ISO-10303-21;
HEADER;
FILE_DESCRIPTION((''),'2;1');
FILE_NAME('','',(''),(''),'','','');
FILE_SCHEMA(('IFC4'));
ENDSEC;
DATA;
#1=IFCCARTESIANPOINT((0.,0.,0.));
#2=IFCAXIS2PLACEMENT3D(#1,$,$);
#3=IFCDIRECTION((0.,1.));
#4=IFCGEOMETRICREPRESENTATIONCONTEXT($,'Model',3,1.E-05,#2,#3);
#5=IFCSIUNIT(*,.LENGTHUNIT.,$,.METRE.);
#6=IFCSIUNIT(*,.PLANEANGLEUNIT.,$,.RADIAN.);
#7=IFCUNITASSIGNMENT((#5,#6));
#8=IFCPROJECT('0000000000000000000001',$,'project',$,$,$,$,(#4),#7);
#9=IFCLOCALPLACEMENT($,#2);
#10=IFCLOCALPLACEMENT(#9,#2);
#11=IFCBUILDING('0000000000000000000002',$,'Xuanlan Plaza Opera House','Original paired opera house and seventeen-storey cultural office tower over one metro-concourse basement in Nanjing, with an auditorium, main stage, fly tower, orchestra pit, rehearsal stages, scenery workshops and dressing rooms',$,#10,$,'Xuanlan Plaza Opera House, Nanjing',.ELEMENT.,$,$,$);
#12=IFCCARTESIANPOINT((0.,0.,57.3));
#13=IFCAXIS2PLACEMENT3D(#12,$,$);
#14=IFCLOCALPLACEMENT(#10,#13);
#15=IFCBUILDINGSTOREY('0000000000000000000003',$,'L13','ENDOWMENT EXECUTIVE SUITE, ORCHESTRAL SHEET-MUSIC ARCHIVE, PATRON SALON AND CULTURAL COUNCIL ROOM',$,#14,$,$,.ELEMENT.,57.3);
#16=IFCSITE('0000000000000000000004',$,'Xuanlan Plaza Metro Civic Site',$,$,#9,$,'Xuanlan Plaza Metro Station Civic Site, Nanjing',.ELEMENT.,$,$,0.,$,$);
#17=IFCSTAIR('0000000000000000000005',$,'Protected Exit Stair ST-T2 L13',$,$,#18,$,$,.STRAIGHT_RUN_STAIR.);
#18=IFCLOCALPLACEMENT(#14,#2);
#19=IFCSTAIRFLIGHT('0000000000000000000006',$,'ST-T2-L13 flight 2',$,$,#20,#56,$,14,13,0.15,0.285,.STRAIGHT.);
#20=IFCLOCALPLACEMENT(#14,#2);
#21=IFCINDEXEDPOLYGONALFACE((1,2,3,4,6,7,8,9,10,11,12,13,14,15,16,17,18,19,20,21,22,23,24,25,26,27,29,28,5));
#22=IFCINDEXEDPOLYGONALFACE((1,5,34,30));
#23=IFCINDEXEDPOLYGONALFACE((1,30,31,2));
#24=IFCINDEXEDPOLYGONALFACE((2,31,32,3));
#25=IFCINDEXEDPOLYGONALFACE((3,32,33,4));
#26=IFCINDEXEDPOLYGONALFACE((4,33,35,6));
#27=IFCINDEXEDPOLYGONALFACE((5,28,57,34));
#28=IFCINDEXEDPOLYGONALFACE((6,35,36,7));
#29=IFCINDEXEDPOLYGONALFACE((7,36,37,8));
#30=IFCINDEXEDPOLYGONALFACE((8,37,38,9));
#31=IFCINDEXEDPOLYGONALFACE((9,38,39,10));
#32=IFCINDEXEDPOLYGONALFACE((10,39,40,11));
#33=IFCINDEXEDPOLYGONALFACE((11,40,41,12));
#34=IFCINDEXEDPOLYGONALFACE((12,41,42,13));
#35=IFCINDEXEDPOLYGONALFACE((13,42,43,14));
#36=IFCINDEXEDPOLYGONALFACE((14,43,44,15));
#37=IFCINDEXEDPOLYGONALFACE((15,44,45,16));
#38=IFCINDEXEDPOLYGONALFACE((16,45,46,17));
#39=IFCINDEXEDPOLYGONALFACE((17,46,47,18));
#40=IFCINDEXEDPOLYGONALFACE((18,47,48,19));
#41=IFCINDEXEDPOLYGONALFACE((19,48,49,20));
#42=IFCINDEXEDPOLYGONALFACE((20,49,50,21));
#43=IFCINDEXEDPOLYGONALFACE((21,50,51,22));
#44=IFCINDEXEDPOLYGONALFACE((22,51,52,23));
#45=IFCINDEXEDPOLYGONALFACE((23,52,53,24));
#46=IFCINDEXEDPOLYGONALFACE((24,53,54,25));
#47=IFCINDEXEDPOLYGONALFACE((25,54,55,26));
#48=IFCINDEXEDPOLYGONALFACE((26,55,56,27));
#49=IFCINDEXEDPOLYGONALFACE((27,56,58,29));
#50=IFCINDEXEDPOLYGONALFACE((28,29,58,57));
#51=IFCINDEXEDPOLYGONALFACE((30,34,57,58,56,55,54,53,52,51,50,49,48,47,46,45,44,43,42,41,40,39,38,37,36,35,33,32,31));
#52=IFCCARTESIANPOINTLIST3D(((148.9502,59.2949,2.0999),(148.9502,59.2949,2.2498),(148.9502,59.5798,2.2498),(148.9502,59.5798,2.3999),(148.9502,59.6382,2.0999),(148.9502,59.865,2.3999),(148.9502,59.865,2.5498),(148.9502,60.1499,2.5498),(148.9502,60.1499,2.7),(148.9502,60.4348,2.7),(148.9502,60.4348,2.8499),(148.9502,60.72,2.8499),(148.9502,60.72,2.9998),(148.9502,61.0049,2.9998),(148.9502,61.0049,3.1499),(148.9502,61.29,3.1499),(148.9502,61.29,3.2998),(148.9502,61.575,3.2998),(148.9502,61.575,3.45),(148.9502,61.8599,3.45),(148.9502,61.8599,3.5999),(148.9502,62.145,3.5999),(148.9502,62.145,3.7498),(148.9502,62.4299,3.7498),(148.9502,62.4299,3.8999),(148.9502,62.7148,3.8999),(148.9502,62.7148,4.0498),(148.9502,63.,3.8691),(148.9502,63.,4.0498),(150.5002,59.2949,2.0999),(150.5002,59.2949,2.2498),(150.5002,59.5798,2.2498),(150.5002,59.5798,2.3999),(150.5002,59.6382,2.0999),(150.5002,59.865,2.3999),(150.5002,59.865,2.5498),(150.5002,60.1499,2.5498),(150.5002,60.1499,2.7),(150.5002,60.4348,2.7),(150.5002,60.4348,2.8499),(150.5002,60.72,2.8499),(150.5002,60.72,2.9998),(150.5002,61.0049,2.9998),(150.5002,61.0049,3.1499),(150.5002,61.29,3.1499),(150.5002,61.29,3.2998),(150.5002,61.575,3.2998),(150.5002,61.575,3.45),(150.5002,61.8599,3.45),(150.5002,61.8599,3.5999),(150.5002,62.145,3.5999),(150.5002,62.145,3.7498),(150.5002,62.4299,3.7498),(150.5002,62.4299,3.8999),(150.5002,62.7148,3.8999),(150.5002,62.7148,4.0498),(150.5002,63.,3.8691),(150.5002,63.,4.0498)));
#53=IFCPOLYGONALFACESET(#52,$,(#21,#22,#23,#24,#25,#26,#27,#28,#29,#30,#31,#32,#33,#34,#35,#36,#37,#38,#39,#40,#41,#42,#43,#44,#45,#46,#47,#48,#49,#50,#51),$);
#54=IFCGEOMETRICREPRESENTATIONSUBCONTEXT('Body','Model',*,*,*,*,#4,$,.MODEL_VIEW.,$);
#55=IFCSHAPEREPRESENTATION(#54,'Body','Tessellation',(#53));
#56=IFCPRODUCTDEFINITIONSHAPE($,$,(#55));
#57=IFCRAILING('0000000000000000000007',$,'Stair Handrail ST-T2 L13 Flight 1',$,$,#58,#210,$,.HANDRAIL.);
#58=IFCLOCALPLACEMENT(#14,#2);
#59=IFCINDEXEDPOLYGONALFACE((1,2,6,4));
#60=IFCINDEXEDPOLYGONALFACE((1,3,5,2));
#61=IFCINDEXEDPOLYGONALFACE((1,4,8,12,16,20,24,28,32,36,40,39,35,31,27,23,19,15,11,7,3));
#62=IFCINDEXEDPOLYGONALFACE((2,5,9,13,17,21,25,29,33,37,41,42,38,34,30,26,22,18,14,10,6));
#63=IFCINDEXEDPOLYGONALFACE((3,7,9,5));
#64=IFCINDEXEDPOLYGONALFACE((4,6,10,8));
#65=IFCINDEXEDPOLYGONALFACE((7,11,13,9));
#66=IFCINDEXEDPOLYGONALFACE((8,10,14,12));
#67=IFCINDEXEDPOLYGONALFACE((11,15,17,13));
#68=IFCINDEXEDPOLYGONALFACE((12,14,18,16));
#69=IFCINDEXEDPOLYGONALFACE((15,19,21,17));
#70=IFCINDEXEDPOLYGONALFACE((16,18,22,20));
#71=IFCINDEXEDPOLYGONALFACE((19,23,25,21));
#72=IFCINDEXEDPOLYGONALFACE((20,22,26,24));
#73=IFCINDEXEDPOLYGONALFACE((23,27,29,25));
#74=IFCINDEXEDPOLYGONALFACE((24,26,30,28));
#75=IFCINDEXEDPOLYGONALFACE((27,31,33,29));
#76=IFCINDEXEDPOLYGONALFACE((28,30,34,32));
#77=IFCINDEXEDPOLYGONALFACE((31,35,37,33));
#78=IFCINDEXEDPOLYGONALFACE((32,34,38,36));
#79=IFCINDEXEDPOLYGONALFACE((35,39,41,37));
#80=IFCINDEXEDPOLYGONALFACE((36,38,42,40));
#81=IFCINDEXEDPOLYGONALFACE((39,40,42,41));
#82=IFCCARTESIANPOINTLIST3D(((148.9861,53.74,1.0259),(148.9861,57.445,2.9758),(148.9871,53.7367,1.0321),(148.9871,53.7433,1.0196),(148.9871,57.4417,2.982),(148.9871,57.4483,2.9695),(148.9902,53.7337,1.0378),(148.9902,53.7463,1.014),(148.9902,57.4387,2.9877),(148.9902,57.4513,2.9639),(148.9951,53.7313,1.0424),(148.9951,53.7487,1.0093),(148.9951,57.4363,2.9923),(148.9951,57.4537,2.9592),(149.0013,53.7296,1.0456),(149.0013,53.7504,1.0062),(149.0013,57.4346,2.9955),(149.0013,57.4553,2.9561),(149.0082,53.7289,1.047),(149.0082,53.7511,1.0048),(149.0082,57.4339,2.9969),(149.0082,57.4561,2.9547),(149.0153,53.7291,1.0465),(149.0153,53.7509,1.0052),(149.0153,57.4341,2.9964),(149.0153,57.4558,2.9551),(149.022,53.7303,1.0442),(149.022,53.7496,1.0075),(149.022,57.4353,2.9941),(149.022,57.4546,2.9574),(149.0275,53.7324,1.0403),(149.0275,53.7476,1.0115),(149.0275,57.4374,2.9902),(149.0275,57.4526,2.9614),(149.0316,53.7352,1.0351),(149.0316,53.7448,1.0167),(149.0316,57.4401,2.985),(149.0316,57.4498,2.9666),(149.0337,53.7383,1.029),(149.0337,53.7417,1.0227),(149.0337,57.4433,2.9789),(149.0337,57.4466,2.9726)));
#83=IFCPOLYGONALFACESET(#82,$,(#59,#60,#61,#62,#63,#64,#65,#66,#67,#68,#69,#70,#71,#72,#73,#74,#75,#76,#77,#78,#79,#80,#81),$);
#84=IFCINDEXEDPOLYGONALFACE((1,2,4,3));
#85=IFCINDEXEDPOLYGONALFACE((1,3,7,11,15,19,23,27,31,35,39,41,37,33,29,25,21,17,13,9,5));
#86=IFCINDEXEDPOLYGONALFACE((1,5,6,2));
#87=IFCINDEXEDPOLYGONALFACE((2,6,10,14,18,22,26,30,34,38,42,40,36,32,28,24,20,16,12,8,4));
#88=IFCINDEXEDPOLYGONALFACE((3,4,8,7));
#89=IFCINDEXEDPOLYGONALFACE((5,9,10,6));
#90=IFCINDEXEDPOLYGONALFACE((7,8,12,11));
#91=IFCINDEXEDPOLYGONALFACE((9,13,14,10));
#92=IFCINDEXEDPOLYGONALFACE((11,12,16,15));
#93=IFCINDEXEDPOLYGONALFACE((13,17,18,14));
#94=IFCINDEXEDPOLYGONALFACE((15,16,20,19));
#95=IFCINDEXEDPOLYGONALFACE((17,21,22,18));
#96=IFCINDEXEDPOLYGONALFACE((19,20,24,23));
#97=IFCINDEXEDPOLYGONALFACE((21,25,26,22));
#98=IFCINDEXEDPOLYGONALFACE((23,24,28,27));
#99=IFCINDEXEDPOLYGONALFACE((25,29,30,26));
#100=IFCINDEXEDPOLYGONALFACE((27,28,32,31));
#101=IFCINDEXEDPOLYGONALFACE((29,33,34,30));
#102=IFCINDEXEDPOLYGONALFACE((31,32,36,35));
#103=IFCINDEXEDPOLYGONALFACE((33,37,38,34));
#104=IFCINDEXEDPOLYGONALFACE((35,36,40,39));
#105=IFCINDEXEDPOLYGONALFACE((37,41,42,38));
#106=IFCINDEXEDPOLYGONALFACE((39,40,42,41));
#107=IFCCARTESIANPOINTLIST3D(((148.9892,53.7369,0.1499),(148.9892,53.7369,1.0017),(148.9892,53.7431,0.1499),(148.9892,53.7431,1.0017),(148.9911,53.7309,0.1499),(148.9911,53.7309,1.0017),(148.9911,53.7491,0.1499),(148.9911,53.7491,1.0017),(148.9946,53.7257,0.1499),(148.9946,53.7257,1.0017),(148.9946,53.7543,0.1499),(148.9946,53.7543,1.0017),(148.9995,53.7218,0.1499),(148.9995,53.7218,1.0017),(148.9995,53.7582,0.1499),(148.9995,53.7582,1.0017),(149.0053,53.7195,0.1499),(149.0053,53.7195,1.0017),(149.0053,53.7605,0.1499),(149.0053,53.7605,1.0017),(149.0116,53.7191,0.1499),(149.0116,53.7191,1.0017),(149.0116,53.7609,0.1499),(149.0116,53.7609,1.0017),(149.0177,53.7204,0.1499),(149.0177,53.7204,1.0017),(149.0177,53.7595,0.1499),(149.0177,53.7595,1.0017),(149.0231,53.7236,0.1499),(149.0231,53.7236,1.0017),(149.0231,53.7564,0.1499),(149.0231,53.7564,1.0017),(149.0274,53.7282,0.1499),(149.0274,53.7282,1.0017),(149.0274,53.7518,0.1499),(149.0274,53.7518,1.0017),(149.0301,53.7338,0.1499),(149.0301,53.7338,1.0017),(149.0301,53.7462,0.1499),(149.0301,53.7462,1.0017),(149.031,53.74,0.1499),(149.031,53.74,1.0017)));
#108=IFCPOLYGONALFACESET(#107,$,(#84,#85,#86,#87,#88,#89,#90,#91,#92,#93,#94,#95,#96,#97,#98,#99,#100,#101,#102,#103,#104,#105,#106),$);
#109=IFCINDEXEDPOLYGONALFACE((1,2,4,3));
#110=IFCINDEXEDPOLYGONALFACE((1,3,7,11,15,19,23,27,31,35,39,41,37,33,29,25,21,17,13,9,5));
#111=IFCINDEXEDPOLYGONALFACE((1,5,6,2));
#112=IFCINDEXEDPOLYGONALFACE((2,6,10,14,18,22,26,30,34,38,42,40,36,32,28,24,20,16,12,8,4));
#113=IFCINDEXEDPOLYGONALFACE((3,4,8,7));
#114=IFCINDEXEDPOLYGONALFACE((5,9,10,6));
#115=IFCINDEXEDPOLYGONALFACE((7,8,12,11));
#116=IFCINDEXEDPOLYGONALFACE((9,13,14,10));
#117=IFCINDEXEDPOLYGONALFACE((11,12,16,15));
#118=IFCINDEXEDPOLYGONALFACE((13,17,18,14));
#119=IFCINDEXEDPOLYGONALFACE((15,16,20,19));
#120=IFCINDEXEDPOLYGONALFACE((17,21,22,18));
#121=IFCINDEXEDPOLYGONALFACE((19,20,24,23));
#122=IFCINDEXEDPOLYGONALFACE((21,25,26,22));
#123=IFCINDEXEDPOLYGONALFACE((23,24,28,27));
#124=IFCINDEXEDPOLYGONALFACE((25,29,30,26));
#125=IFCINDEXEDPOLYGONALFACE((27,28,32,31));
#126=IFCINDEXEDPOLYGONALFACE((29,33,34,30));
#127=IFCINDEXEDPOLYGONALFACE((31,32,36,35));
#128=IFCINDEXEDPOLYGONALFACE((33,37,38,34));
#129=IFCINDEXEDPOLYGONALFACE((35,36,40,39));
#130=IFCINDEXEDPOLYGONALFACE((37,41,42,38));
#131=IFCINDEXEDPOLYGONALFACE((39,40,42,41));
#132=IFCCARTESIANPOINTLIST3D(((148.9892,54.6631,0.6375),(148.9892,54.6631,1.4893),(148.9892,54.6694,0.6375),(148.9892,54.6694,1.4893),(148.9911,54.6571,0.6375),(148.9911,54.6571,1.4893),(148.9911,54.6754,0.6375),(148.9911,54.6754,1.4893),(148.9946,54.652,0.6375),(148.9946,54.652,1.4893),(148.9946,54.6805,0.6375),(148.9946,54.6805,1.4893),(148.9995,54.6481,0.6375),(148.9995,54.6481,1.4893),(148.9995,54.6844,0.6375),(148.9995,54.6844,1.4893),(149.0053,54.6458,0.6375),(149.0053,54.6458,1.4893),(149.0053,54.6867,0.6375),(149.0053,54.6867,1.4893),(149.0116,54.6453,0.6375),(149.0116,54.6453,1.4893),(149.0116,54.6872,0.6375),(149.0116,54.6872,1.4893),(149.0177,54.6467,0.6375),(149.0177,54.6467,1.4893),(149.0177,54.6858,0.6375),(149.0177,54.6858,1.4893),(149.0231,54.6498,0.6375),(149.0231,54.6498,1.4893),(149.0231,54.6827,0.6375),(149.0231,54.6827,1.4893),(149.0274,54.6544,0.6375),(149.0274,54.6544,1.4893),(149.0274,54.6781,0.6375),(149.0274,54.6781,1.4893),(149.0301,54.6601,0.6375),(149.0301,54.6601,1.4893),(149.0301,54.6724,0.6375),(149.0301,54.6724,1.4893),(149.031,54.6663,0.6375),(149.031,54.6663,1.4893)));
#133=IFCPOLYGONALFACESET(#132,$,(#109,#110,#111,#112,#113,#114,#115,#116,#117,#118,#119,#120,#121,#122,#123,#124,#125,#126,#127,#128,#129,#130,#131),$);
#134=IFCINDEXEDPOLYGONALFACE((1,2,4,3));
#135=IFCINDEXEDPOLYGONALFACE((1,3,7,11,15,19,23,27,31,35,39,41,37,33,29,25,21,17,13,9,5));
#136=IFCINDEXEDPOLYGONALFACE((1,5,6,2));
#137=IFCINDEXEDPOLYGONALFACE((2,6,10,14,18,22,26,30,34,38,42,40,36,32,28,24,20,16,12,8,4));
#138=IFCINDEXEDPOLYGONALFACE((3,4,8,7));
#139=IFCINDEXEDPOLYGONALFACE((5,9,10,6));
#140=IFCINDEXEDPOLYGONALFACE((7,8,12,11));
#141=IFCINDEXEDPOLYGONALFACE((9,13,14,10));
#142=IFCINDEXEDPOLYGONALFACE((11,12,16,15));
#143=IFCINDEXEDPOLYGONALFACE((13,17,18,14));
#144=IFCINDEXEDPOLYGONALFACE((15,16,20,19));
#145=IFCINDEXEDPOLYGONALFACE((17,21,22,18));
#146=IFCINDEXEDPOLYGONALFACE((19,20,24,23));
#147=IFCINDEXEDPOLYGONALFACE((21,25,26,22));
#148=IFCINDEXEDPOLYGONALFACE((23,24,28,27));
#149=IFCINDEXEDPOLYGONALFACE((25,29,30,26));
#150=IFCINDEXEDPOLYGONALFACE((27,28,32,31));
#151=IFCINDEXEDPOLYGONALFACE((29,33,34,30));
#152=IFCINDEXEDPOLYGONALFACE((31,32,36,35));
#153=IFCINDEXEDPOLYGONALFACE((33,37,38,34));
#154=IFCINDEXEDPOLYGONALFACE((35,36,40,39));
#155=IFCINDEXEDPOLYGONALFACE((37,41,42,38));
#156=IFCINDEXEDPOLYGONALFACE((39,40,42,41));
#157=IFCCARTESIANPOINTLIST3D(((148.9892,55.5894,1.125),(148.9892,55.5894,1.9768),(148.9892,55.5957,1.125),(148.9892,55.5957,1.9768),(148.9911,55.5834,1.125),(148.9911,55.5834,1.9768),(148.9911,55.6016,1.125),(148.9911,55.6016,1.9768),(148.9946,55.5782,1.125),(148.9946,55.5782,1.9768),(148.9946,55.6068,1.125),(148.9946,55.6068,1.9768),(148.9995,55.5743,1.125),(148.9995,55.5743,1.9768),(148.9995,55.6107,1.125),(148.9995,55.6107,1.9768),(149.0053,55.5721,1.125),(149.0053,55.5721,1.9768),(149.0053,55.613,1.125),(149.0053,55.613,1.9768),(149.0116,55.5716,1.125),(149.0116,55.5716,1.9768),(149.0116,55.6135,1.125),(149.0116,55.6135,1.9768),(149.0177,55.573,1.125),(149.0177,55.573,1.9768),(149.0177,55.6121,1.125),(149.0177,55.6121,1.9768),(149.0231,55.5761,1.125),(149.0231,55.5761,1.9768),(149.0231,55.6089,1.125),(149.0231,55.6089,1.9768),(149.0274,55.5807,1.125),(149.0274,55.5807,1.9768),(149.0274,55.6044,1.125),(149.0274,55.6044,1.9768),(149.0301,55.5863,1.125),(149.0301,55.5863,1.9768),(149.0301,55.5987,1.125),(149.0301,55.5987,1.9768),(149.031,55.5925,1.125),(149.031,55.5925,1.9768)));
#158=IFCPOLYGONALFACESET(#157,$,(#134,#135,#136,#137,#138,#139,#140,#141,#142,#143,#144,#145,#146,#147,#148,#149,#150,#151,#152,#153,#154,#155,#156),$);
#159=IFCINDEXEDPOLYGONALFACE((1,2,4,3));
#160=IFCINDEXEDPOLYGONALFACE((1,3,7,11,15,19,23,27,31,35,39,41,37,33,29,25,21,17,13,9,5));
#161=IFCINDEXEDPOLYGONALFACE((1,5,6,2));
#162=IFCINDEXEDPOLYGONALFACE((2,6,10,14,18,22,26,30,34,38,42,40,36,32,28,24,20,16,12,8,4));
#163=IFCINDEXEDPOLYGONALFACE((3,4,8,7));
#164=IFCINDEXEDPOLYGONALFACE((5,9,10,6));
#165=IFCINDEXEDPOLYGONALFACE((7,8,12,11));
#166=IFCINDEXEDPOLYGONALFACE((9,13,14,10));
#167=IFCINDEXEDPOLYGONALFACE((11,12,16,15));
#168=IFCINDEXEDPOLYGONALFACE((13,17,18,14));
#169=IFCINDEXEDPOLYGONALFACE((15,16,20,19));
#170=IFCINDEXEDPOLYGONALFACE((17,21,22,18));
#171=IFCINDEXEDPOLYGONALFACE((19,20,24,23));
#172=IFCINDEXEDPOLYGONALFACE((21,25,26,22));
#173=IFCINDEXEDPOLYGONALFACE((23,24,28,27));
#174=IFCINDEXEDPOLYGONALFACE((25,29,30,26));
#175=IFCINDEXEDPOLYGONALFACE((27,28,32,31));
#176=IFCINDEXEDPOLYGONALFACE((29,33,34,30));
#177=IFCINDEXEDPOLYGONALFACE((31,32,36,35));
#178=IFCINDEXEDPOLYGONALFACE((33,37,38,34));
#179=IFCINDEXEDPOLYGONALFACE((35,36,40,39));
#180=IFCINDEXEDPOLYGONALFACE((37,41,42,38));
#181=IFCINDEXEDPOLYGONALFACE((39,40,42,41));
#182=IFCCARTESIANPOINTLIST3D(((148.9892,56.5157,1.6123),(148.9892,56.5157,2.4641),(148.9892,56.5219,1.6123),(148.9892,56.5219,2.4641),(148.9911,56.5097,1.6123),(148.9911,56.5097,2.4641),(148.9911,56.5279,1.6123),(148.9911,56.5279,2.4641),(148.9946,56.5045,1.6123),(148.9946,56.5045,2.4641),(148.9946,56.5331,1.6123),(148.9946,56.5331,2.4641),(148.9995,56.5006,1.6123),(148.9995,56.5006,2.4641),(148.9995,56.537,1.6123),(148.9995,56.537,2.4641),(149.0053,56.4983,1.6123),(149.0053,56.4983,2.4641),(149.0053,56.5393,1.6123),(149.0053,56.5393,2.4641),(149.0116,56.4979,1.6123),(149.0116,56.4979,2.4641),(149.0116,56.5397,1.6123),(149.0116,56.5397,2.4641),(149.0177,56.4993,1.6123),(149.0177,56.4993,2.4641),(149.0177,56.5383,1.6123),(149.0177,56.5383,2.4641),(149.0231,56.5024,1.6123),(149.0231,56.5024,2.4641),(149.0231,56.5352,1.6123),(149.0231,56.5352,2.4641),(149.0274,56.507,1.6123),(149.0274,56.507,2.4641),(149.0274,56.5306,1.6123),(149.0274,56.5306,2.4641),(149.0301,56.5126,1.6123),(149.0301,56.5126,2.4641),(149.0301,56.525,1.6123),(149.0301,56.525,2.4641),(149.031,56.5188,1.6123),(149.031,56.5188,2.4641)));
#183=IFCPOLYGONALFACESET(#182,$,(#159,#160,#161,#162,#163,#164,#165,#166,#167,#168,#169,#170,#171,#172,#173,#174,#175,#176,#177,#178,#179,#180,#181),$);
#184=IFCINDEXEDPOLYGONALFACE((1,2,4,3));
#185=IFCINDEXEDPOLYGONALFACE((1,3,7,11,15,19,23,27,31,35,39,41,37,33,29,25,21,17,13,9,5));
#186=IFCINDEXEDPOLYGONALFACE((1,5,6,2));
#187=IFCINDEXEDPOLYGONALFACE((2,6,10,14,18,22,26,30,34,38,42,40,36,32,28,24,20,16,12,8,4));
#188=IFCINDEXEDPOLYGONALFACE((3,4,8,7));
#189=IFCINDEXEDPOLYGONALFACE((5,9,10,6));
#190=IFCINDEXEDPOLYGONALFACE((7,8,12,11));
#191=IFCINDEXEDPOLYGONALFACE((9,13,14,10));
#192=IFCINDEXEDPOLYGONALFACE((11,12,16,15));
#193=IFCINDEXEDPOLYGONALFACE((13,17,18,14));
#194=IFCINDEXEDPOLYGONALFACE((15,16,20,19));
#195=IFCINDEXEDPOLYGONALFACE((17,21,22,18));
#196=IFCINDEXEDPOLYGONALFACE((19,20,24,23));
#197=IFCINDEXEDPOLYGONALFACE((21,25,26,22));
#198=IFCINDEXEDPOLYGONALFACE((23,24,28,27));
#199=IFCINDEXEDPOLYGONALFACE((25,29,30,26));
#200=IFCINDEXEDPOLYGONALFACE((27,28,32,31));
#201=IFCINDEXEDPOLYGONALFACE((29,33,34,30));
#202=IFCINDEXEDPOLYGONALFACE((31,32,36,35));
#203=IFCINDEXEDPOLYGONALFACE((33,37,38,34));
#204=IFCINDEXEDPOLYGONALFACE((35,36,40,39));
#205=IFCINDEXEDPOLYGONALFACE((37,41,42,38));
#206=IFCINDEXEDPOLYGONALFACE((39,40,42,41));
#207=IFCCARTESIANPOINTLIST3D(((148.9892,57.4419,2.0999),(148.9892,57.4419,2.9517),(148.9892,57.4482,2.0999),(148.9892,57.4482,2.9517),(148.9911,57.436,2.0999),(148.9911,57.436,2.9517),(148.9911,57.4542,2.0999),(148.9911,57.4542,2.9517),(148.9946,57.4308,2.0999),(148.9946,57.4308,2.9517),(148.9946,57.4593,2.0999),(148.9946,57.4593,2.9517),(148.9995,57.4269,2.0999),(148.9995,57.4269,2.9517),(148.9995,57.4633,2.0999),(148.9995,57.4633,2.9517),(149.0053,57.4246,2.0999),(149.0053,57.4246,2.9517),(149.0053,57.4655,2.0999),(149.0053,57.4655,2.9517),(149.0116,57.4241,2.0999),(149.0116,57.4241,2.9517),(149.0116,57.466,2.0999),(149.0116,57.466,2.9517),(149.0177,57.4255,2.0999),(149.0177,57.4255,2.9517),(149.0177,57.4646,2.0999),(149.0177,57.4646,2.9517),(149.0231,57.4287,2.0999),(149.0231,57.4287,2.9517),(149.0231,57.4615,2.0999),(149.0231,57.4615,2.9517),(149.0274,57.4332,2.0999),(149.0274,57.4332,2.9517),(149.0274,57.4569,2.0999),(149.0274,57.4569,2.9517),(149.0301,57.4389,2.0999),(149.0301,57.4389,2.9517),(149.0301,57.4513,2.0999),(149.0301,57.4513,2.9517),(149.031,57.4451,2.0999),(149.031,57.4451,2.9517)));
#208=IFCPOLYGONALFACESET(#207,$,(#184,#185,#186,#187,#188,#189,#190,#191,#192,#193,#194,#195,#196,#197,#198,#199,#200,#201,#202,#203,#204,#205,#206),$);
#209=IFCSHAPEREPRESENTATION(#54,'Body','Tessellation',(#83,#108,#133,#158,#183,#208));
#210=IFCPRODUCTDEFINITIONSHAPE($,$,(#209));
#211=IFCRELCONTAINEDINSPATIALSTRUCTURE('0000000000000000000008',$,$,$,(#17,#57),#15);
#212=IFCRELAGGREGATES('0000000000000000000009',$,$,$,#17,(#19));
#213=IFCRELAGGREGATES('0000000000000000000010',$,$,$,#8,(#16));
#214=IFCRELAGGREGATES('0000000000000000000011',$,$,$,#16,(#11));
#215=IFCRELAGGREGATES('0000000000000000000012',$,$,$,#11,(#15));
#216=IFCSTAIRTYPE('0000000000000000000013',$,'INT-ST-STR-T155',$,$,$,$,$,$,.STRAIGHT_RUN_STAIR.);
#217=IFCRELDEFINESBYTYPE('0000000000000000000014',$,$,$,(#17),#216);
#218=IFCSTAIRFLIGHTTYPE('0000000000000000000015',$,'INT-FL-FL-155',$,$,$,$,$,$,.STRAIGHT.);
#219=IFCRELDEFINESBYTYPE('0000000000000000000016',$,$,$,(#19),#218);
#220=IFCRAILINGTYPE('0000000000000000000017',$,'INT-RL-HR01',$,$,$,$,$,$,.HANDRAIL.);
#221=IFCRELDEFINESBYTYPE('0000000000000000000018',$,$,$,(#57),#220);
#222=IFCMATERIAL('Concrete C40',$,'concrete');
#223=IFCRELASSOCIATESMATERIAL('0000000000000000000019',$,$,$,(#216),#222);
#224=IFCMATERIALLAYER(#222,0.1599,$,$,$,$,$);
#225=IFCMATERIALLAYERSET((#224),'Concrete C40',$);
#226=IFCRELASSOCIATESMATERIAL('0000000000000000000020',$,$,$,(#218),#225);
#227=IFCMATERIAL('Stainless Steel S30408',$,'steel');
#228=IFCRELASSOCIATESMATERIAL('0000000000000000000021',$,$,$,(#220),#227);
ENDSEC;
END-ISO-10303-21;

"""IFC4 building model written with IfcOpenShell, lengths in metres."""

from ifc_helpers import new_model, si_unit, direction, frame, origin, origin_2d, place, context, subcontext, project, spatial, polyline, circle, outline, extrude, material, layer, layer_set, type_object, element, aggregate, save


model = new_model("IFC4")

# Units and contexts
model_context = context("Model", 3, precision=1e-05, world=origin(), true_north=direction((0.0, 1.0)))
body_context = subcontext(model_context, "Body", "Model", "MODEL_VIEW")
ifc_project = project(units=[si_unit("LENGTHUNIT", "METRE"), si_unit("PLANEANGLEUNIT", "RADIAN")], contexts=[model_context])

# Site, building, storey
site_placement = place(None, origin())
site = spatial("IfcSite", under=ifc_project, at=site_placement, Name="Xuanlan Plaza Metro Civic Site", LongName="Xuanlan Plaza Metro Station Civic Site, Nanjing", CompositionType="ELEMENT", RefElevation=0.0)
building_placement = place(site_placement, origin())
building = spatial("IfcBuilding", under=site, at=building_placement, Name="Xuanlan Plaza Opera House", Description="Original paired opera house and seventeen-storey cultural office tower over one metro-concourse basement in Nanjing, with an auditorium, main stage, fly tower, orchestra pit, rehearsal stages, scenery workshops and dressing rooms", LongName="Xuanlan Plaza Opera House, Nanjing", CompositionType="ELEMENT")
storey_placement = place(building_placement, frame((0.0, 0.0, 57.3)))
storey = spatial("IfcBuildingStorey", under=building, at=storey_placement, Name="L13", Description="ENDOWMENT EXECUTIVE SUITE, ORCHESTRAL SHEET-MUSIC ARCHIVE, PATRON SALON AND CULTURAL COUNCIL ROOM", CompositionType="ELEMENT", Elevation=57.3)

# Shared definitions
ifc_material_1 = material(Name="Concrete C40", Category="concrete")

# Shared definitions
ifc_material_2 = material(Name="Stainless Steel S30408", Category="steel")

# Stair, stair flight
stair_type = type_object("IfcStairType", Name="INT-ST-STR-T155", PredefinedType="STRAIGHT_RUN_STAIR", material=ifc_material_1)
stair_placement = place(storey_placement, origin())
stair = element("IfcStair", 1, at=stair_placement, inside=storey, type_object=stair_type, Name="Protected Exit Stair ST-T2 L13", PredefinedType="STRAIGHT_RUN_STAIR")
ifc_layer_1 = layer(ifc_material_1, 0.1599)
ifc_layer_set_1 = layer_set([ifc_layer_1], Name="Concrete C40")
stair_flight_type = type_object("IfcStairFlightType", Name="INT-FL-FL-155", PredefinedType="STRAIGHT", material=ifc_layer_set_1)
stair_flight_1_placement = place(storey_placement, frame((149.7251, 59.2949, 2.0999), z_axis=(0.0, 0.0, 1.0), x_axis=(0.0, 1.0, 0.0)))
stair_flight_1 = element("IfcStairFlight", 2, at=stair_flight_1_placement, type_object=stair_flight_type, Name="ST-T2-L13 flight 2", NumberOfRisers=14, NumberOfTreads=13, PredefinedType="STRAIGHT", RiserHeight=0.15, TreadLength=0.285, context=body_context, shape_type="SweptSolid", body=[
    extrude(outline(polyline([(0.0, 0.0), (0.0, 0.1499), (0.2849, 0.1499), (0.2849, 0.3), (0.5701, 0.3), (0.5701, 0.45), (0.855, 0.45), (0.855, 0.6001), (1.1399, 0.6001), (1.1399, 0.75), (1.425, 0.75), (1.425, 0.8999), (1.71, 0.8999), (1.71, 1.05), (1.9951, 1.05), (1.9951, 1.2), (2.28, 1.2), (2.28, 1.3501), (2.5649, 1.3501), (2.5649, 1.5), (2.8501, 1.5), (2.8501, 1.6499), (3.135, 1.6499), (3.135, 1.8), (3.4199, 1.8), (3.4199, 1.95), (3.7051, 1.95), (3.7051, 2.1001), (3.7051, 1.7693), (0.3433, 0.0), (0.0, 0.0)])), frame((0.0, 0.7749, 0.0), z_axis=(0.0, -1.0, 0.0), x_axis=(1.0, 0.0, 0.0)), (0.0, 0.0, 1.0), 1.55),
])
aggregate(stair, [stair_flight_1])

# Railing
railing_type = type_object("IfcRailingType", Name="INT-RL-HR01", PredefinedType="HANDRAIL", material=ifc_material_2)
for number, where, name in (
    (3, (149.01, 53.74, 0.1499), "Stair Handrail ST-T2 L13 Flight 1"),
):
    element("IfcRailing", number, at=place(storey_placement, frame(where)), inside=storey, type_object=railing_type, Name=name, PredefinedType="HANDRAIL", context=body_context, shape_type="SweptSolid", body=[
        extrude(circle(Radius=0.0239, at=origin_2d()), frame((0.0, 0.0, 0.876), z_axis=(0.0, 0.884927, 0.46573), x_axis=(-1.0, 0.0, 0.0)), (0.0, 0.0, 1.0), 4.1868),
        extrude(circle(Radius=0.021, at=origin_2d()), origin(), (0.0, 0.0, 1.0), 0.8518),
        extrude(circle(Radius=0.021, at=origin_2d()), frame((0.0, 0.9263, 0.4875)), (0.0, 0.0, 1.0), 0.8518),
        extrude(circle(Radius=0.021, at=origin_2d()), frame((0.0, 1.8525, 0.9751)), (0.0, 0.0, 1.0), 0.8518),
        extrude(circle(Radius=0.021, at=origin_2d()), frame((0.0, 2.7788, 1.4624)), (0.0, 0.0, 1.0), 0.8518),
        extrude(circle(Radius=0.021, at=origin_2d()), frame((0.0, 3.7051, 1.95)), (0.0, 0.0, 1.0), 0.8518),
    ])

save(model, "model.ifc")
